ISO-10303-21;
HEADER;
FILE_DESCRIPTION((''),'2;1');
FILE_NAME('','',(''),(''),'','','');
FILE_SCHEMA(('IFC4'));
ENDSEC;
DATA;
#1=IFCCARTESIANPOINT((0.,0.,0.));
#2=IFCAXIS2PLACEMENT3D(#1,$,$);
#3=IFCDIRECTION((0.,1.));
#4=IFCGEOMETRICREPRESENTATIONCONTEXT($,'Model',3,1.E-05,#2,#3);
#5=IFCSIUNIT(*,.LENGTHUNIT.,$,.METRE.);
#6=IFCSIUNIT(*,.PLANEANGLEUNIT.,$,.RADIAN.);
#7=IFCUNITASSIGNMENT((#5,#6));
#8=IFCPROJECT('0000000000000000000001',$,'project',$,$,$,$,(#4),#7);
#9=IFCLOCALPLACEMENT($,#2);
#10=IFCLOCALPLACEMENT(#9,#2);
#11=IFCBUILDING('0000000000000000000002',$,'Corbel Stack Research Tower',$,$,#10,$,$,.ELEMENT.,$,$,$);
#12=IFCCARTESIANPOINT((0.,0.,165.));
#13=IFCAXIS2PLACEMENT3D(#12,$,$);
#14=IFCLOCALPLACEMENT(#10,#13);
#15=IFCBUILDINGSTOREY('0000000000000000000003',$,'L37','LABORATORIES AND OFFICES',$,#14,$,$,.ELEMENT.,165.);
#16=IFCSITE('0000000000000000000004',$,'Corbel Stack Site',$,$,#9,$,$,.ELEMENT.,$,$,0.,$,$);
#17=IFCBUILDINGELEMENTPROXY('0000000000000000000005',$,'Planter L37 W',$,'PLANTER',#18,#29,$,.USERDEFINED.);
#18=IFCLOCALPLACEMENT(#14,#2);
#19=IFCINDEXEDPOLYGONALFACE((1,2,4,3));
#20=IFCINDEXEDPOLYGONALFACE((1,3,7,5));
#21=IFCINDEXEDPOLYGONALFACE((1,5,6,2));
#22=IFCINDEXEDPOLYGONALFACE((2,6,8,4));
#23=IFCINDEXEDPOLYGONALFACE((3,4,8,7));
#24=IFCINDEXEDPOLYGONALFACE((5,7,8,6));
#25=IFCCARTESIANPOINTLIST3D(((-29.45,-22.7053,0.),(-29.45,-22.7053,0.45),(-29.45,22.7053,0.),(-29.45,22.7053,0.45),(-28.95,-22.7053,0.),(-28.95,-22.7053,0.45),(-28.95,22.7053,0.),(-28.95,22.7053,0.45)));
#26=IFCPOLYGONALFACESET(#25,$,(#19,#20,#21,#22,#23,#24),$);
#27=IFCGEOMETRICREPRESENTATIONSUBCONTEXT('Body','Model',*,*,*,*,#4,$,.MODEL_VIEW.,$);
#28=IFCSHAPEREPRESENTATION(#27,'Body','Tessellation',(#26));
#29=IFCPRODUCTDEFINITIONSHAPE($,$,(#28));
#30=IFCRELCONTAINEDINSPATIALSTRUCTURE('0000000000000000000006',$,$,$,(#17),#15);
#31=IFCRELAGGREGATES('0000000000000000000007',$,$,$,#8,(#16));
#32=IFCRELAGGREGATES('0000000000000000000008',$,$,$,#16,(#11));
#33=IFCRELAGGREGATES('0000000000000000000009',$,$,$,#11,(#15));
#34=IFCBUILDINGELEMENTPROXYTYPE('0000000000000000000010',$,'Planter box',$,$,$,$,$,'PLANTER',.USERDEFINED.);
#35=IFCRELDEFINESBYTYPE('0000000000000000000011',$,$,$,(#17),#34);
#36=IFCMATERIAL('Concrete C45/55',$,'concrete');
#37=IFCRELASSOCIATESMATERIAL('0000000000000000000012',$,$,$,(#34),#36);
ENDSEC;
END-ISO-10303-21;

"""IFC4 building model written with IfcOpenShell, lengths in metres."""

from ifc_helpers import new_model, si_unit, direction, frame, origin, origin_2d, place, context, subcontext, project, spatial, rectangle, extrude, material, type_object, element, save


model = new_model("IFC4")

# Units and contexts
model_context = context("Model", 3, precision=1e-05, world=origin(), true_north=direction((0.0, 1.0)))
body_context = subcontext(model_context, "Body", "Model", "MODEL_VIEW")
ifc_project = project(units=[si_unit("LENGTHUNIT", "METRE"), si_unit("PLANEANGLEUNIT", "RADIAN")], contexts=[model_context])

# Site, building, storey
site_placement = place(None, origin())
site = spatial("IfcSite", under=ifc_project, at=site_placement, Name="Corbel Stack Site", CompositionType="ELEMENT", RefElevation=0.0)
building_placement = place(site_placement, origin())
building = spatial("IfcBuilding", under=site, at=building_placement, Name="Corbel Stack Research Tower", CompositionType="ELEMENT")
storey_placement = place(building_placement, frame((0.0, 0.0, 165.0)))
storey = spatial("IfcBuildingStorey", under=building, at=storey_placement, Name="L37", Description="LABORATORIES AND OFFICES", CompositionType="ELEMENT", Elevation=165.0)

# Building element proxy
ifc_material_1 = material(Name="Concrete C45/55", Category="concrete")
building_element_proxy_type = type_object("IfcBuildingElementProxyType", Name="Planter box", ElementType="PLANTER", PredefinedType="USERDEFINED", material=ifc_material_1)
proxy_placement = place(storey_placement, frame((-29.2, 0.0, 0.0), z_axis=(0.0, 0.0, 1.0), x_axis=(0.0, -1.0, 0.0)))
element("IfcBuildingElementProxy", 1, at=proxy_placement, inside=storey, type_object=building_element_proxy_type, Name="Planter L37 W", ObjectType="PLANTER", PredefinedType="USERDEFINED", context=body_context, shape_type="SweptSolid", body=[
    extrude(rectangle(XDim=45.4106, YDim=0.5, at=origin_2d()), origin(), (0.0, 0.0, 1.0), 0.45),
])

save(model, "model.ifc")
